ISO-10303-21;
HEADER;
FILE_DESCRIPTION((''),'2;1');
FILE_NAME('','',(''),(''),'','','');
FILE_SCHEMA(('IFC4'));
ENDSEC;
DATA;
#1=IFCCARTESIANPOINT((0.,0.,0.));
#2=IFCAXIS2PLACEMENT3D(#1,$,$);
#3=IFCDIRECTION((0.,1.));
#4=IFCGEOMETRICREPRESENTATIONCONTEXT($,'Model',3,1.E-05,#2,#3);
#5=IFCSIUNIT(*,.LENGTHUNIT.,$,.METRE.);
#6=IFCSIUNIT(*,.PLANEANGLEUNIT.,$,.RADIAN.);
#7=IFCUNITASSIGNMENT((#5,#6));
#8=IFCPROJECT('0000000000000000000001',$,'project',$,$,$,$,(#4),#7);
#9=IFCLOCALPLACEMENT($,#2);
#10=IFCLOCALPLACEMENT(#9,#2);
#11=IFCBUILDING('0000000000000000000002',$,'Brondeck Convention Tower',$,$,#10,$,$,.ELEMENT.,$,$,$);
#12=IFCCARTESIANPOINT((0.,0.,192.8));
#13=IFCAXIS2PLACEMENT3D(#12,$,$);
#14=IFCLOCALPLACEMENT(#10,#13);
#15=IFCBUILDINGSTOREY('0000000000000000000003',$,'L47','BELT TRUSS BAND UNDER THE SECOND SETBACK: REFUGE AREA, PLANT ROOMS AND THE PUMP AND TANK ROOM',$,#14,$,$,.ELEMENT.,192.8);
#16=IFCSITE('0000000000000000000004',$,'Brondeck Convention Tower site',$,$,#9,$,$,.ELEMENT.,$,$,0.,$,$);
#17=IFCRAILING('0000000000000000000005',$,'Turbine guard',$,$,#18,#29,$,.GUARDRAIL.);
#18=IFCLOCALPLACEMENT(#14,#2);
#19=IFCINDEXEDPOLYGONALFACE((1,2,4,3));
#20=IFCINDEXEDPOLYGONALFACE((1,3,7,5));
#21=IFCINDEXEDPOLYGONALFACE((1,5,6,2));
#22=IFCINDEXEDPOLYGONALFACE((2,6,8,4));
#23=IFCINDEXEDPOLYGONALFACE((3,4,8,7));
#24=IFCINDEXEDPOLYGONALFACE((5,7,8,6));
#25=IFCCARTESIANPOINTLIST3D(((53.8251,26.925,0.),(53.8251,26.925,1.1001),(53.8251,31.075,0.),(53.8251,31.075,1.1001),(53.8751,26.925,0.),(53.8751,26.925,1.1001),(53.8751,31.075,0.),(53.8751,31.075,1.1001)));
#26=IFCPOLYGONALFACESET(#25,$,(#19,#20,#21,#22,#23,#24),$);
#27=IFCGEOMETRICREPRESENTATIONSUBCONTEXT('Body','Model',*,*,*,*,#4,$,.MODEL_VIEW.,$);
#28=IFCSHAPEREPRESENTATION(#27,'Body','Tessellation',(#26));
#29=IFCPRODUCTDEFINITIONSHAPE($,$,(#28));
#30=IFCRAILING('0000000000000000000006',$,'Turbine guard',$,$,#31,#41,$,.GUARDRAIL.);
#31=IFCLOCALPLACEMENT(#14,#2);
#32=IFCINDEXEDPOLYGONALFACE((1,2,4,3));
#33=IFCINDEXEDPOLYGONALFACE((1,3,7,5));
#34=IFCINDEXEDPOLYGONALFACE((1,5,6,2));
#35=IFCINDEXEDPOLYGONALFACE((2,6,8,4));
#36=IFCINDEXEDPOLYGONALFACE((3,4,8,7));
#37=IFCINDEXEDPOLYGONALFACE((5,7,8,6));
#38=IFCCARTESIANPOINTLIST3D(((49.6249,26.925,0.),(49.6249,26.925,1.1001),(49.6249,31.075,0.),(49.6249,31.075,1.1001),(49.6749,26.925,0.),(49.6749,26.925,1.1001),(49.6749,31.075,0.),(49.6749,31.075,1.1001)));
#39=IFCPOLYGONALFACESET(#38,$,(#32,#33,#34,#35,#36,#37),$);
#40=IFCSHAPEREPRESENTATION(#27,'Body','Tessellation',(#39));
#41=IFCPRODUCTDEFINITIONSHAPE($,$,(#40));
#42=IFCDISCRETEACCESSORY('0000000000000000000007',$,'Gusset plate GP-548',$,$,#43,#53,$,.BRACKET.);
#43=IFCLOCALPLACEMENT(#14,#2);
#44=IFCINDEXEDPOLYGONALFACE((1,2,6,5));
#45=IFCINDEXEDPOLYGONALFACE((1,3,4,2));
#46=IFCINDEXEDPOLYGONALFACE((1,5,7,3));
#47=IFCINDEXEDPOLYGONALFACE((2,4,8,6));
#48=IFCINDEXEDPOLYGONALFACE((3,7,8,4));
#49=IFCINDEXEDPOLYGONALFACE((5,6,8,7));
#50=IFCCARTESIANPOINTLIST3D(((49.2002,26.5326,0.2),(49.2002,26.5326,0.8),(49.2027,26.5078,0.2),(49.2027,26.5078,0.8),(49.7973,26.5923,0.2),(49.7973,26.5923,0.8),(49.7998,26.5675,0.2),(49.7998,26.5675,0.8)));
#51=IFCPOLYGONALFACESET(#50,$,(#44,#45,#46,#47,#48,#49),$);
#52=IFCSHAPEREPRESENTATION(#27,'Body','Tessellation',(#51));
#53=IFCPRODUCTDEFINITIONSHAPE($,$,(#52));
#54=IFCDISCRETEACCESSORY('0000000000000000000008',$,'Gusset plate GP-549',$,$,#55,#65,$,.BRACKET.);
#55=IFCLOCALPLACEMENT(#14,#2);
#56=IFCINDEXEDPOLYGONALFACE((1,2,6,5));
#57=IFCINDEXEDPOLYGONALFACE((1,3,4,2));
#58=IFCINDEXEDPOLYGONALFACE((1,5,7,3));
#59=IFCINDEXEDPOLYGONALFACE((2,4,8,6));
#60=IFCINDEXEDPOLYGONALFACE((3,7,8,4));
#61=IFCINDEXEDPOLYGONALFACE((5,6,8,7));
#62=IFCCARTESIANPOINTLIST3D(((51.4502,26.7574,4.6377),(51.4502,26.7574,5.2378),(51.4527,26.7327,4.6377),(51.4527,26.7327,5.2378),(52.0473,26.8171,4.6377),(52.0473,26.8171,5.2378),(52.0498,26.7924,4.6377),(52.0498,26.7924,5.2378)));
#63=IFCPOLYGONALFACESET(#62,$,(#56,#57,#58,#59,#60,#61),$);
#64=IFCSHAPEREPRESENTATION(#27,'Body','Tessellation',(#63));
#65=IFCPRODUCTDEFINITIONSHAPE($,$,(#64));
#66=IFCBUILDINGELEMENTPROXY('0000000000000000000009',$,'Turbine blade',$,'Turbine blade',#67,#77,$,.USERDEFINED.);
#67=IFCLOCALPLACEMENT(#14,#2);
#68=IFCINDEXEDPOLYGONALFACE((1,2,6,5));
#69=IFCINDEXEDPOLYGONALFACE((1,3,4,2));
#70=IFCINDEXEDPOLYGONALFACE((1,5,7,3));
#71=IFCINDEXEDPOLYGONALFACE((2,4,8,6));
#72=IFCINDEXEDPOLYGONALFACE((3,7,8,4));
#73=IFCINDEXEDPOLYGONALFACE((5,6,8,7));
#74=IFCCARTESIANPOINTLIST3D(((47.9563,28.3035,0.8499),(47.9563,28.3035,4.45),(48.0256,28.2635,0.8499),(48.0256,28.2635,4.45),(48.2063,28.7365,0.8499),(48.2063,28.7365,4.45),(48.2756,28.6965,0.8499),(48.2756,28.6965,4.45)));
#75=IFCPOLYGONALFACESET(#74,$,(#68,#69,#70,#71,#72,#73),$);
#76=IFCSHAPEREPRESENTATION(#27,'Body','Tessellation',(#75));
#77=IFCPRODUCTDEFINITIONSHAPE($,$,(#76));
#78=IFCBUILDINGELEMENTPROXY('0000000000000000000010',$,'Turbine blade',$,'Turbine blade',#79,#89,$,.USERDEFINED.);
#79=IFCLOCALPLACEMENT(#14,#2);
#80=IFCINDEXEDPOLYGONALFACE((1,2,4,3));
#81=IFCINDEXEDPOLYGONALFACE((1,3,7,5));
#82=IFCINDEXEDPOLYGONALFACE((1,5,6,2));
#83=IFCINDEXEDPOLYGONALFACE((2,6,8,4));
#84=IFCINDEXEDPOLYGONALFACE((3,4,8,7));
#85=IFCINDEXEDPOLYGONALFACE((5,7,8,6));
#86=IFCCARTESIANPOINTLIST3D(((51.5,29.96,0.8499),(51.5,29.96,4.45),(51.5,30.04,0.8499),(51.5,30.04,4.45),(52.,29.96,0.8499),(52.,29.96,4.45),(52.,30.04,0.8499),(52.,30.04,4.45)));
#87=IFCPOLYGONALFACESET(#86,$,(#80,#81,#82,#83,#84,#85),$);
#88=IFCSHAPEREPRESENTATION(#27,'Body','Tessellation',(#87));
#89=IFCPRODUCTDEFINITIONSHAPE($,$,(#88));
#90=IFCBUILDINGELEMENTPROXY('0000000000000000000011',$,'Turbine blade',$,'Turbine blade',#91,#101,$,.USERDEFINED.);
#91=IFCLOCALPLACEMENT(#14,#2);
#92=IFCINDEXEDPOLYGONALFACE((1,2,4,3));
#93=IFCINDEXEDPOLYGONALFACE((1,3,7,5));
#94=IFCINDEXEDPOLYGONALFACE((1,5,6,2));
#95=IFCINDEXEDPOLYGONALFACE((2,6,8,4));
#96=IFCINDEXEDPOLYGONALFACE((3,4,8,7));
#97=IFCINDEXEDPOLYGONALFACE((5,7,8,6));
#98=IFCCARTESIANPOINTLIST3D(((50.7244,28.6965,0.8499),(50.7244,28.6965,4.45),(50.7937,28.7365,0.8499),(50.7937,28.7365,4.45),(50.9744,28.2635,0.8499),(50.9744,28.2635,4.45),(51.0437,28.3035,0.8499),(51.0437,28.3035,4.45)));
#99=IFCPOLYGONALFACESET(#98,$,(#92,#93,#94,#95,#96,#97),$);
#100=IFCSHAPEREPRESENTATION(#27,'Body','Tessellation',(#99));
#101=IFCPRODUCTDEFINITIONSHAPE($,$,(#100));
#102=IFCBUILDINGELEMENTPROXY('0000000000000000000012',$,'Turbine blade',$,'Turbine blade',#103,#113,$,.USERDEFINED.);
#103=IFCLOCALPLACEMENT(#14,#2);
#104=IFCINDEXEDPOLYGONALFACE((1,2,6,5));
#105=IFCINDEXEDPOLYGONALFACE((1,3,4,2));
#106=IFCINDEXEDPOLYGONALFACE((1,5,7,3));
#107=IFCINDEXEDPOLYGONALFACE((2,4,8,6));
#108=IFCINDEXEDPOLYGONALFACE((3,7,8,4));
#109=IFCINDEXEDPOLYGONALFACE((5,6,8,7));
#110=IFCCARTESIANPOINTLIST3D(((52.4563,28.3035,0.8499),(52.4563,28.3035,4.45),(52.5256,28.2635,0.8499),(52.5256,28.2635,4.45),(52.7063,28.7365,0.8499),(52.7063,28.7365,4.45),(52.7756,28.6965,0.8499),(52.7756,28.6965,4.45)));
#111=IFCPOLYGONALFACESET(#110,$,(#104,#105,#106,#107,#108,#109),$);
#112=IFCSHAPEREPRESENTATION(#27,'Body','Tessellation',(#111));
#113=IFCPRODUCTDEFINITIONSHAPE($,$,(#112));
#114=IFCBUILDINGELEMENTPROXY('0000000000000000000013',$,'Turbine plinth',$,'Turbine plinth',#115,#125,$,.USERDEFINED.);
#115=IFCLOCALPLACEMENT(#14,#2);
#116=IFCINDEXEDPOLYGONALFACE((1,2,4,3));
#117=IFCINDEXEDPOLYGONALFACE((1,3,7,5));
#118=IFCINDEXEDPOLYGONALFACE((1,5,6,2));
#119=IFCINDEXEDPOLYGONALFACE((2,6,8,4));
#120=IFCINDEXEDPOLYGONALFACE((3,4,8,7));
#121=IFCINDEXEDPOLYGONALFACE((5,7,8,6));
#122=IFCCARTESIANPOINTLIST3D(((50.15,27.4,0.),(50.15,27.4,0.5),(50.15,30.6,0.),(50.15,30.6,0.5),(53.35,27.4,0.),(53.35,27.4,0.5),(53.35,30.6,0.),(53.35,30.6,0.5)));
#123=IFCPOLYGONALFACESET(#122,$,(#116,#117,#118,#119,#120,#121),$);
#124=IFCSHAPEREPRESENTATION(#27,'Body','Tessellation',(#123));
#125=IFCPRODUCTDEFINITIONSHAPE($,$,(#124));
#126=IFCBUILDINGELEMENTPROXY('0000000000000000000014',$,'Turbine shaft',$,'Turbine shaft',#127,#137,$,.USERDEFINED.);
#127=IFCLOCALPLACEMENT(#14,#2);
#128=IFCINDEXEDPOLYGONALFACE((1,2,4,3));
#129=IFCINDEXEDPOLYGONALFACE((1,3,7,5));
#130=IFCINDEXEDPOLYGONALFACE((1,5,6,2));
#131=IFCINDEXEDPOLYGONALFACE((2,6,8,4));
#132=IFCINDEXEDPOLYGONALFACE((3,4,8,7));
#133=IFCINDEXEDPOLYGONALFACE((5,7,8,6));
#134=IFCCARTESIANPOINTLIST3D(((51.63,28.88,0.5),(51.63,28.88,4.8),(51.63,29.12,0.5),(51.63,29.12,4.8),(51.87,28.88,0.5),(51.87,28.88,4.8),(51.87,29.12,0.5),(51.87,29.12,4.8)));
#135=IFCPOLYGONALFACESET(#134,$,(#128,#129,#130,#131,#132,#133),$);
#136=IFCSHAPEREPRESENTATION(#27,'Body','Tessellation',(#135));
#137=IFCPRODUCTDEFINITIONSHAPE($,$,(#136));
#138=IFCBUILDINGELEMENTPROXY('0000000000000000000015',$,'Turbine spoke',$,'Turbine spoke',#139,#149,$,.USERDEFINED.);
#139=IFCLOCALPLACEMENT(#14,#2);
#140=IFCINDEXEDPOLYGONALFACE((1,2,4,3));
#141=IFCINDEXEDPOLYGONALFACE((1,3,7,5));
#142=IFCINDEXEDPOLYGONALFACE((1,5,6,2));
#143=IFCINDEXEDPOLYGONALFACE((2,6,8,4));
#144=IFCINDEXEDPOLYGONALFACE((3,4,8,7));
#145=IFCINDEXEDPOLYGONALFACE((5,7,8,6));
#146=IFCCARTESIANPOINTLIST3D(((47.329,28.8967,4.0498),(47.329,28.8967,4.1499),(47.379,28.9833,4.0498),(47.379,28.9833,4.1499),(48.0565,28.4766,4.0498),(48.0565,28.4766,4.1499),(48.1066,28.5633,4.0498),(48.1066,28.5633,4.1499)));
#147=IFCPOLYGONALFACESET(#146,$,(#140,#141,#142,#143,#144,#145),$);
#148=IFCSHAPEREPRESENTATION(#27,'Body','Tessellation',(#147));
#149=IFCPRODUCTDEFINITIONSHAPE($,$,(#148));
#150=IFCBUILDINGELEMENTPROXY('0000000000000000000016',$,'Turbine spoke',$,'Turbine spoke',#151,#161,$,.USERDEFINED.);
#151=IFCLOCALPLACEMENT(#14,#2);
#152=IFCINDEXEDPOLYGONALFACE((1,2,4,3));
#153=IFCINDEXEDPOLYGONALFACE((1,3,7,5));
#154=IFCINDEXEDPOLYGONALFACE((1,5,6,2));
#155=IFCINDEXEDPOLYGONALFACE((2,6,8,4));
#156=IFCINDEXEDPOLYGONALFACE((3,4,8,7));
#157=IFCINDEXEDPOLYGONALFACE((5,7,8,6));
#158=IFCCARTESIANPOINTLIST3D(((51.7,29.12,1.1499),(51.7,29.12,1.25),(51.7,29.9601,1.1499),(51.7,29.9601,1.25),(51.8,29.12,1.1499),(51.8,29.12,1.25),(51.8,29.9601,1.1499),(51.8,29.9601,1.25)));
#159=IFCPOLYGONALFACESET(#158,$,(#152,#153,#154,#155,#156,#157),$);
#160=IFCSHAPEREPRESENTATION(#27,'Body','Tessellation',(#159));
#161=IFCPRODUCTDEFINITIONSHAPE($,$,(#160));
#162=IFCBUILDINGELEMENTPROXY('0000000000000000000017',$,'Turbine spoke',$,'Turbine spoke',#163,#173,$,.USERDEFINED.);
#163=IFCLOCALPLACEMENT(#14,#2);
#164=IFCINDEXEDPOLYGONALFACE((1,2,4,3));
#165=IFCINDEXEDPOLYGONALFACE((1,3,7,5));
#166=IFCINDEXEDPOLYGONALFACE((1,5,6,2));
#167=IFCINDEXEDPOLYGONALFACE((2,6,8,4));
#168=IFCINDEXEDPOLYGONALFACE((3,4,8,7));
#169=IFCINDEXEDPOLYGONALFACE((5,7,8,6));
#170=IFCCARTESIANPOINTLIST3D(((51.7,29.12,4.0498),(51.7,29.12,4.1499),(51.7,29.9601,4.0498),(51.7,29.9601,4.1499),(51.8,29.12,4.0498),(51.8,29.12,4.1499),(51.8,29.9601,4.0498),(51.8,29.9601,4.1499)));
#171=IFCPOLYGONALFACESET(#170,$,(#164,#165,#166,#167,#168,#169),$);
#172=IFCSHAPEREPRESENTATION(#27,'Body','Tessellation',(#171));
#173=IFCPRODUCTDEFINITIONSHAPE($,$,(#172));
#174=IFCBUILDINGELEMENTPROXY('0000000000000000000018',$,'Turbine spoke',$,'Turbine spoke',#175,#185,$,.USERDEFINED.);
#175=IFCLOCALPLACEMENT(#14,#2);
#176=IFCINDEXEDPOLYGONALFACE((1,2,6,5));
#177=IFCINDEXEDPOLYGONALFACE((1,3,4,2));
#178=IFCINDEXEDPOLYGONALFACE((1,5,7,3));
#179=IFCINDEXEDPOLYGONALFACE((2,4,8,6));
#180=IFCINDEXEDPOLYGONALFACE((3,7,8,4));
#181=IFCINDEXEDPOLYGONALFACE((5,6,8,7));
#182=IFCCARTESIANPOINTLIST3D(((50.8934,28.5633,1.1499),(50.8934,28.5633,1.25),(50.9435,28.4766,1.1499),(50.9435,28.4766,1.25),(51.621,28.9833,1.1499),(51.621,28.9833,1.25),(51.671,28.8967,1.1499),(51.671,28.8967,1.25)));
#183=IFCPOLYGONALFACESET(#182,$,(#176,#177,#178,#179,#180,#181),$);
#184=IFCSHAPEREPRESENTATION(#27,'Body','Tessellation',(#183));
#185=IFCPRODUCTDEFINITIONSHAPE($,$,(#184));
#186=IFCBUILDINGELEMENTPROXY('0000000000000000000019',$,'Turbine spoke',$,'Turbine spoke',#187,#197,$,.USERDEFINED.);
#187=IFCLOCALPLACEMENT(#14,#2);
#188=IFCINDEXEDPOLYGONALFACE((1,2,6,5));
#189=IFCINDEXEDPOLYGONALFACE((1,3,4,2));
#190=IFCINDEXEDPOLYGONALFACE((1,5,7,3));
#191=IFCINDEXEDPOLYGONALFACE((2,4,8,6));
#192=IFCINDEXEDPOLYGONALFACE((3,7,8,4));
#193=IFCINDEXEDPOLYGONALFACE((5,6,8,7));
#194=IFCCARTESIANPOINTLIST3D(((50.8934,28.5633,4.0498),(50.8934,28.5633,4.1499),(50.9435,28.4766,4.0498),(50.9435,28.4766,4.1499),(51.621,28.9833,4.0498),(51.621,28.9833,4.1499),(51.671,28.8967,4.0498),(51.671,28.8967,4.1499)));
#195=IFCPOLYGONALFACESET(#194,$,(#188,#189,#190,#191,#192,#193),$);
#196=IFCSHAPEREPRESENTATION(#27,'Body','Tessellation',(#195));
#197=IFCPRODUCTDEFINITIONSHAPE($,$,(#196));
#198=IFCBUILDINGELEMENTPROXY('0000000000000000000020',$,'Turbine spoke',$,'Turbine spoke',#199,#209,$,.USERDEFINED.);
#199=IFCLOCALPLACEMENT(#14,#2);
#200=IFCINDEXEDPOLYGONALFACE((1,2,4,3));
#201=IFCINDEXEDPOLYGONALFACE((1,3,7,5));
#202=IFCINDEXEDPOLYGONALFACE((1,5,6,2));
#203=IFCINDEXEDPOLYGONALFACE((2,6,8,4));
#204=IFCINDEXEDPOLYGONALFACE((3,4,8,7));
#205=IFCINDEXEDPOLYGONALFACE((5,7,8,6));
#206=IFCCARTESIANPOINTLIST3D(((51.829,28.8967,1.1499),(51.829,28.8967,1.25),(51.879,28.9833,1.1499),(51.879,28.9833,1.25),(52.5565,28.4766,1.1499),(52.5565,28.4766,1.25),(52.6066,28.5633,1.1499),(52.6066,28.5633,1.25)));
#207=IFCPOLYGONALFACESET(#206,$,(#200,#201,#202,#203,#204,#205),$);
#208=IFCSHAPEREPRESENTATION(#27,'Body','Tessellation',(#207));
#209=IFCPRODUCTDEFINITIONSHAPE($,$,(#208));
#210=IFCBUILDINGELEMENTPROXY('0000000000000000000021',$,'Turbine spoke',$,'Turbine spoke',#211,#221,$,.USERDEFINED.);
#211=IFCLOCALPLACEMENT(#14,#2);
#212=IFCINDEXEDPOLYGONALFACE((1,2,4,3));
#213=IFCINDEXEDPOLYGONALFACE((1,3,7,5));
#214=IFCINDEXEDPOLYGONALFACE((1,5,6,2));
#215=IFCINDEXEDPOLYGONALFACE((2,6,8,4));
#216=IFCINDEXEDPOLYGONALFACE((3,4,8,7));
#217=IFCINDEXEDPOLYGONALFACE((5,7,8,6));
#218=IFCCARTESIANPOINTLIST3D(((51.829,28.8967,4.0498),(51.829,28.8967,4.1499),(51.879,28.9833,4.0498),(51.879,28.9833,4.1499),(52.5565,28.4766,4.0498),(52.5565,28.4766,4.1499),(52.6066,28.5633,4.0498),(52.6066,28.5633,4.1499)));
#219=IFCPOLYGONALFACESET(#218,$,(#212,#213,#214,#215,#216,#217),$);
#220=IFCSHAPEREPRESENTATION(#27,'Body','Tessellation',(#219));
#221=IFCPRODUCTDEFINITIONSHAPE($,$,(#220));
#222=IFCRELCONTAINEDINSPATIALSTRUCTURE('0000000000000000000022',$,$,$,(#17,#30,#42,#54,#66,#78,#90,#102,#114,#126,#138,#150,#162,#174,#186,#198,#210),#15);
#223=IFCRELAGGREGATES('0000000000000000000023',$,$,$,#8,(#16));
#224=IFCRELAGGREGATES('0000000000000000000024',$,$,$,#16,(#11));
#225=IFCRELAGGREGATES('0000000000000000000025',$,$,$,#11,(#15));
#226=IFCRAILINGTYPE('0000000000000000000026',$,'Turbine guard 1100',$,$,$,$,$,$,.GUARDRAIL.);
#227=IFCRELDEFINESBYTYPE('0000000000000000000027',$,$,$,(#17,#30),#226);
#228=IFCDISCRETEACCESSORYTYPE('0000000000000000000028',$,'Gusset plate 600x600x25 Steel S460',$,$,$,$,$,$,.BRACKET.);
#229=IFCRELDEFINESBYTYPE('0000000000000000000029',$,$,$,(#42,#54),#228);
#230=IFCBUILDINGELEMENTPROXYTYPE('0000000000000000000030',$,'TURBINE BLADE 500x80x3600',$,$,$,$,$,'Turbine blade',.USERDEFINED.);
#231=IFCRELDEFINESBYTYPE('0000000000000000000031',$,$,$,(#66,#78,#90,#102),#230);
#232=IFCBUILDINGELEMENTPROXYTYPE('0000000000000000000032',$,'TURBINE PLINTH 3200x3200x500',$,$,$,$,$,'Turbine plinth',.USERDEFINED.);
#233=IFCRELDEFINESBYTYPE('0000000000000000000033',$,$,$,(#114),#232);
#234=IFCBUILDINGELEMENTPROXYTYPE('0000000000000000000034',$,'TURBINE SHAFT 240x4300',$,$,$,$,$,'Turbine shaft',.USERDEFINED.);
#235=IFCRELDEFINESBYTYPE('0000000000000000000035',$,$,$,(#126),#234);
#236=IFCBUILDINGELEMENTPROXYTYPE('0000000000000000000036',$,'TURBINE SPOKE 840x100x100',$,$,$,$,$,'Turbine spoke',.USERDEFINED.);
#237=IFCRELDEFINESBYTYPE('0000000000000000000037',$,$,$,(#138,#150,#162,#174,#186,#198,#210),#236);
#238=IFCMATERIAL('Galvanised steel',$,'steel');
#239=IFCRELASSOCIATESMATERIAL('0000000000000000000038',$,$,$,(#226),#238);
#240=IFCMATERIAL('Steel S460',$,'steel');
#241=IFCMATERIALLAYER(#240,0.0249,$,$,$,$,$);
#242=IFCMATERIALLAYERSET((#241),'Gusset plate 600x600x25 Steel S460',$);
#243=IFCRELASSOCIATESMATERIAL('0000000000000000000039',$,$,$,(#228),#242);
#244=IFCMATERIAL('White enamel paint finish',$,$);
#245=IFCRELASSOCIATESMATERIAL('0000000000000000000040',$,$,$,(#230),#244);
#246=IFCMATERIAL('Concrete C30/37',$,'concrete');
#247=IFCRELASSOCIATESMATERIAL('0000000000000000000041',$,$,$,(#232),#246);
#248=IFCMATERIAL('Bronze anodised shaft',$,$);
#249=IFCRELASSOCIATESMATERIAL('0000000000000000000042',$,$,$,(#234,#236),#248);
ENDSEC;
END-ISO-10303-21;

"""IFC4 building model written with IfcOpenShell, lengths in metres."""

from ifc_helpers import new_model, si_unit, direction, frame, origin, origin_2d, place, context, subcontext, project, spatial, rectangle, extrude, material, layer, layer_set, type_object, element, save


model = new_model("IFC4")

# Units and contexts
model_context = context("Model", 3, precision=1e-05, world=origin(), true_north=direction((0.0, 1.0)))
body_context = subcontext(model_context, "Body", "Model", "MODEL_VIEW")
ifc_project = project(units=[si_unit("LENGTHUNIT", "METRE"), si_unit("PLANEANGLEUNIT", "RADIAN")], contexts=[model_context])

# Site, building, storey
site_placement = place(None, origin())
site = spatial("IfcSite", under=ifc_project, at=site_placement, Name="Brondeck Convention Tower site", CompositionType="ELEMENT", RefElevation=0.0)
building_placement = place(site_placement, origin())
building = spatial("IfcBuilding", under=site, at=building_placement, Name="Brondeck Convention Tower", CompositionType="ELEMENT")
storey_placement = place(building_placement, frame((0.0, 0.0, 192.8)))
storey = spatial("IfcBuildingStorey", under=building, at=storey_placement, Name="L47", Description="BELT TRUSS BAND UNDER THE SECOND SETBACK: REFUGE AREA, PLANT ROOMS AND THE PUMP AND TANK ROOM", CompositionType="ELEMENT", Elevation=192.8)

# Shared definitions
ifc_material_1 = material(Name="Steel S460", Category="steel")

# Railings
ifc_material_2 = material(Name="Galvanised steel", Category="steel")
railing_type = type_object("IfcRailingType", Name="Turbine guard 1100", PredefinedType="GUARDRAIL", material=ifc_material_2)
for number, where, z_axis, x_axis, name in (
    (1, (53.8501, 29.0, 0.0), (0.0, 0.0, 1.0), (1.0, 0.0, 0.0), "Turbine guard"),
    (2, (49.6499, 29.0, 0.0), (0.0, 0.0, 1.0), (1.0, 0.0, 0.0), "Turbine guard"),
):
    element("IfcRailing", number, at=place(storey_placement, frame(where, z_axis=z_axis, x_axis=x_axis)), inside=storey, type_object=railing_type, Name=name, PredefinedType="GUARDRAIL", context=body_context, shape_type="SweptSolid", body=[
        extrude(rectangle(XDim=0.05, YDim=4.1499, at=origin_2d()), origin(), (0.0, 0.0, 1.0), 1.1001),
    ])

# Discrete accessories
ifc_layer = layer(ifc_material_1, 0.0249)
ifc_layer_set = layer_set([ifc_layer], Name="Gusset plate 600x600x25 Steel S460")
discrete_accessory_type = type_object("IfcDiscreteAccessoryType", Name="Gusset plate 600x600x25 Steel S460", PredefinedType="BRACKET", material=ifc_layer_set)
for number, where, z_axis, x_axis, name in (
    (3, (49.5, 26.55, 0.2), (0.0, 0.0, 1.0), (0.995036, 0.099511, 0.0), "Gusset plate GP-548"),
    (4, (51.75, 26.7749, 4.6377), (0.0, 0.0, 1.0), (0.995036, 0.099511, 0.0), "Gusset plate GP-549"),
):
    element("IfcDiscreteAccessory", number, at=place(storey_placement, frame(where, z_axis=z_axis, x_axis=x_axis)), inside=storey, type_object=discrete_accessory_type, Name=name, PredefinedType="BRACKET", context=body_context, shape_type="SweptSolid", body=[
        extrude(rectangle(XDim=0.6001, YDim=0.0249, at=origin_2d()), origin(), (0.0, 0.0, 1.0), 0.6001),
    ])

# Building element proxies
ifc_material_3 = material(Name="White enamel paint finish")
building_element_proxy_type_1 = type_object("IfcBuildingElementProxyType", Name="TURBINE BLADE 500x80x3600", ElementType="Turbine blade", PredefinedType="USERDEFINED", material=ifc_material_3)
for number, where, z_axis, x_axis, name in (
    (5, (48.116, 28.5, 0.8499), (0.0, 0.0, 1.0), (0.5, 0.866025, 0.0), "Turbine blade"),
    (6, (51.75, 30.0, 0.8499), (0.0, 0.0, 1.0), (-1.0, 0.0, 0.0), "Turbine blade"),
    (7, (50.884, 28.5, 0.8499), (0.0, 0.0, 1.0), (0.5, -0.866025, 0.0), "Turbine blade"),
    (8, (52.616, 28.5, 0.8499), (0.0, 0.0, 1.0), (0.5, 0.866025, 0.0), "Turbine blade"),
):
    element("IfcBuildingElementProxy", number, at=place(storey_placement, frame(where, z_axis=z_axis, x_axis=x_axis)), inside=storey, type_object=building_element_proxy_type_1, Name=name, ObjectType="Turbine blade", PredefinedType="USERDEFINED", context=body_context, shape_type="SweptSolid", body=[
        extrude(rectangle(XDim=0.5, YDim=0.0801, at=origin_2d()), origin(), (0.0, 0.0, 1.0), 3.6001),
    ])
ifc_material_4 = material(Name="Concrete C30/37", Category="concrete")
building_element_proxy_type_2 = type_object("IfcBuildingElementProxyType", Name="TURBINE PLINTH 3200x3200x500", ElementType="Turbine plinth", PredefinedType="USERDEFINED", material=ifc_material_4)
proxy_1_placement = place(storey_placement, frame((51.75, 29.0, 0.0), z_axis=(0.0, 0.0, 1.0), x_axis=(1.0, 0.0, 0.0)))
element("IfcBuildingElementProxy", 9, at=proxy_1_placement, inside=storey, type_object=building_element_proxy_type_2, Name="Turbine plinth", ObjectType="Turbine plinth", PredefinedType="USERDEFINED", context=body_context, shape_type="SweptSolid", body=[
    extrude(rectangle(XDim=3.2, YDim=3.2, at=origin_2d()), origin(), (0.0, 0.0, 1.0), 0.5),
])
ifc_material_5 = material(Name="Bronze anodised shaft")
building_element_proxy_type_3 = type_object("IfcBuildingElementProxyType", Name="TURBINE SHAFT 240x4300", ElementType="Turbine shaft", PredefinedType="USERDEFINED", material=ifc_material_5)
proxy_2_placement = place(storey_placement, frame((51.75, 29.0, 0.5), z_axis=(0.0, 0.0, 1.0), x_axis=(1.0, 0.0, 0.0)))
element("IfcBuildingElementProxy", 10, at=proxy_2_placement, inside=storey, type_object=building_element_proxy_type_3, Name="Turbine shaft", ObjectType="Turbine shaft", PredefinedType="USERDEFINED", context=body_context, shape_type="SweptSolid", body=[
    extrude(rectangle(XDim=0.24, YDim=0.24, at=origin_2d()), origin(), (0.0, 0.0, 1.0), 4.3),
])
building_element_proxy_type_4 = type_object("IfcBuildingElementProxyType", Name="TURBINE SPOKE 840x100x100", ElementType="Turbine spoke", PredefinedType="USERDEFINED", material=ifc_material_5)
for number, where, z_axis, x_axis, name in (
    (11, (47.7178, 28.73, 4.0498), (0.0, 0.0, 1.0), (0.866025, -0.5, 0.0), "Turbine spoke"),
    (12, (51.75, 29.54, 1.1499), (0.0, 0.0, 1.0), (0.0, 1.0, 0.0), "Turbine spoke"),
    (13, (51.75, 29.54, 4.0498), (0.0, 0.0, 1.0), (0.0, 1.0, 0.0), "Turbine spoke"),
    (14, (51.2822, 28.73, 1.1499), (0.0, 0.0, 1.0), (-0.866025, -0.5, 0.0), "Turbine spoke"),
    (15, (51.2822, 28.73, 4.0498), (0.0, 0.0, 1.0), (-0.866025, -0.5, 0.0), "Turbine spoke"),
    (16, (52.2178, 28.73, 1.1499), (0.0, 0.0, 1.0), (0.866025, -0.5, 0.0), "Turbine spoke"),
    (17, (52.2178, 28.73, 4.0498), (0.0, 0.0, 1.0), (0.866025, -0.5, 0.0), "Turbine spoke"),
):
    element("IfcBuildingElementProxy", number, at=place(storey_placement, frame(where, z_axis=z_axis, x_axis=x_axis)), inside=storey, type_object=building_element_proxy_type_4, Name=name, ObjectType="Turbine spoke", PredefinedType="USERDEFINED", context=body_context, shape_type="SweptSolid", body=[
        extrude(rectangle(XDim=0.8401, YDim=0.1001, at=origin_2d()), origin(), (0.0, 0.0, 1.0), 0.1001),
    ])

save(model, "model.ifc")
